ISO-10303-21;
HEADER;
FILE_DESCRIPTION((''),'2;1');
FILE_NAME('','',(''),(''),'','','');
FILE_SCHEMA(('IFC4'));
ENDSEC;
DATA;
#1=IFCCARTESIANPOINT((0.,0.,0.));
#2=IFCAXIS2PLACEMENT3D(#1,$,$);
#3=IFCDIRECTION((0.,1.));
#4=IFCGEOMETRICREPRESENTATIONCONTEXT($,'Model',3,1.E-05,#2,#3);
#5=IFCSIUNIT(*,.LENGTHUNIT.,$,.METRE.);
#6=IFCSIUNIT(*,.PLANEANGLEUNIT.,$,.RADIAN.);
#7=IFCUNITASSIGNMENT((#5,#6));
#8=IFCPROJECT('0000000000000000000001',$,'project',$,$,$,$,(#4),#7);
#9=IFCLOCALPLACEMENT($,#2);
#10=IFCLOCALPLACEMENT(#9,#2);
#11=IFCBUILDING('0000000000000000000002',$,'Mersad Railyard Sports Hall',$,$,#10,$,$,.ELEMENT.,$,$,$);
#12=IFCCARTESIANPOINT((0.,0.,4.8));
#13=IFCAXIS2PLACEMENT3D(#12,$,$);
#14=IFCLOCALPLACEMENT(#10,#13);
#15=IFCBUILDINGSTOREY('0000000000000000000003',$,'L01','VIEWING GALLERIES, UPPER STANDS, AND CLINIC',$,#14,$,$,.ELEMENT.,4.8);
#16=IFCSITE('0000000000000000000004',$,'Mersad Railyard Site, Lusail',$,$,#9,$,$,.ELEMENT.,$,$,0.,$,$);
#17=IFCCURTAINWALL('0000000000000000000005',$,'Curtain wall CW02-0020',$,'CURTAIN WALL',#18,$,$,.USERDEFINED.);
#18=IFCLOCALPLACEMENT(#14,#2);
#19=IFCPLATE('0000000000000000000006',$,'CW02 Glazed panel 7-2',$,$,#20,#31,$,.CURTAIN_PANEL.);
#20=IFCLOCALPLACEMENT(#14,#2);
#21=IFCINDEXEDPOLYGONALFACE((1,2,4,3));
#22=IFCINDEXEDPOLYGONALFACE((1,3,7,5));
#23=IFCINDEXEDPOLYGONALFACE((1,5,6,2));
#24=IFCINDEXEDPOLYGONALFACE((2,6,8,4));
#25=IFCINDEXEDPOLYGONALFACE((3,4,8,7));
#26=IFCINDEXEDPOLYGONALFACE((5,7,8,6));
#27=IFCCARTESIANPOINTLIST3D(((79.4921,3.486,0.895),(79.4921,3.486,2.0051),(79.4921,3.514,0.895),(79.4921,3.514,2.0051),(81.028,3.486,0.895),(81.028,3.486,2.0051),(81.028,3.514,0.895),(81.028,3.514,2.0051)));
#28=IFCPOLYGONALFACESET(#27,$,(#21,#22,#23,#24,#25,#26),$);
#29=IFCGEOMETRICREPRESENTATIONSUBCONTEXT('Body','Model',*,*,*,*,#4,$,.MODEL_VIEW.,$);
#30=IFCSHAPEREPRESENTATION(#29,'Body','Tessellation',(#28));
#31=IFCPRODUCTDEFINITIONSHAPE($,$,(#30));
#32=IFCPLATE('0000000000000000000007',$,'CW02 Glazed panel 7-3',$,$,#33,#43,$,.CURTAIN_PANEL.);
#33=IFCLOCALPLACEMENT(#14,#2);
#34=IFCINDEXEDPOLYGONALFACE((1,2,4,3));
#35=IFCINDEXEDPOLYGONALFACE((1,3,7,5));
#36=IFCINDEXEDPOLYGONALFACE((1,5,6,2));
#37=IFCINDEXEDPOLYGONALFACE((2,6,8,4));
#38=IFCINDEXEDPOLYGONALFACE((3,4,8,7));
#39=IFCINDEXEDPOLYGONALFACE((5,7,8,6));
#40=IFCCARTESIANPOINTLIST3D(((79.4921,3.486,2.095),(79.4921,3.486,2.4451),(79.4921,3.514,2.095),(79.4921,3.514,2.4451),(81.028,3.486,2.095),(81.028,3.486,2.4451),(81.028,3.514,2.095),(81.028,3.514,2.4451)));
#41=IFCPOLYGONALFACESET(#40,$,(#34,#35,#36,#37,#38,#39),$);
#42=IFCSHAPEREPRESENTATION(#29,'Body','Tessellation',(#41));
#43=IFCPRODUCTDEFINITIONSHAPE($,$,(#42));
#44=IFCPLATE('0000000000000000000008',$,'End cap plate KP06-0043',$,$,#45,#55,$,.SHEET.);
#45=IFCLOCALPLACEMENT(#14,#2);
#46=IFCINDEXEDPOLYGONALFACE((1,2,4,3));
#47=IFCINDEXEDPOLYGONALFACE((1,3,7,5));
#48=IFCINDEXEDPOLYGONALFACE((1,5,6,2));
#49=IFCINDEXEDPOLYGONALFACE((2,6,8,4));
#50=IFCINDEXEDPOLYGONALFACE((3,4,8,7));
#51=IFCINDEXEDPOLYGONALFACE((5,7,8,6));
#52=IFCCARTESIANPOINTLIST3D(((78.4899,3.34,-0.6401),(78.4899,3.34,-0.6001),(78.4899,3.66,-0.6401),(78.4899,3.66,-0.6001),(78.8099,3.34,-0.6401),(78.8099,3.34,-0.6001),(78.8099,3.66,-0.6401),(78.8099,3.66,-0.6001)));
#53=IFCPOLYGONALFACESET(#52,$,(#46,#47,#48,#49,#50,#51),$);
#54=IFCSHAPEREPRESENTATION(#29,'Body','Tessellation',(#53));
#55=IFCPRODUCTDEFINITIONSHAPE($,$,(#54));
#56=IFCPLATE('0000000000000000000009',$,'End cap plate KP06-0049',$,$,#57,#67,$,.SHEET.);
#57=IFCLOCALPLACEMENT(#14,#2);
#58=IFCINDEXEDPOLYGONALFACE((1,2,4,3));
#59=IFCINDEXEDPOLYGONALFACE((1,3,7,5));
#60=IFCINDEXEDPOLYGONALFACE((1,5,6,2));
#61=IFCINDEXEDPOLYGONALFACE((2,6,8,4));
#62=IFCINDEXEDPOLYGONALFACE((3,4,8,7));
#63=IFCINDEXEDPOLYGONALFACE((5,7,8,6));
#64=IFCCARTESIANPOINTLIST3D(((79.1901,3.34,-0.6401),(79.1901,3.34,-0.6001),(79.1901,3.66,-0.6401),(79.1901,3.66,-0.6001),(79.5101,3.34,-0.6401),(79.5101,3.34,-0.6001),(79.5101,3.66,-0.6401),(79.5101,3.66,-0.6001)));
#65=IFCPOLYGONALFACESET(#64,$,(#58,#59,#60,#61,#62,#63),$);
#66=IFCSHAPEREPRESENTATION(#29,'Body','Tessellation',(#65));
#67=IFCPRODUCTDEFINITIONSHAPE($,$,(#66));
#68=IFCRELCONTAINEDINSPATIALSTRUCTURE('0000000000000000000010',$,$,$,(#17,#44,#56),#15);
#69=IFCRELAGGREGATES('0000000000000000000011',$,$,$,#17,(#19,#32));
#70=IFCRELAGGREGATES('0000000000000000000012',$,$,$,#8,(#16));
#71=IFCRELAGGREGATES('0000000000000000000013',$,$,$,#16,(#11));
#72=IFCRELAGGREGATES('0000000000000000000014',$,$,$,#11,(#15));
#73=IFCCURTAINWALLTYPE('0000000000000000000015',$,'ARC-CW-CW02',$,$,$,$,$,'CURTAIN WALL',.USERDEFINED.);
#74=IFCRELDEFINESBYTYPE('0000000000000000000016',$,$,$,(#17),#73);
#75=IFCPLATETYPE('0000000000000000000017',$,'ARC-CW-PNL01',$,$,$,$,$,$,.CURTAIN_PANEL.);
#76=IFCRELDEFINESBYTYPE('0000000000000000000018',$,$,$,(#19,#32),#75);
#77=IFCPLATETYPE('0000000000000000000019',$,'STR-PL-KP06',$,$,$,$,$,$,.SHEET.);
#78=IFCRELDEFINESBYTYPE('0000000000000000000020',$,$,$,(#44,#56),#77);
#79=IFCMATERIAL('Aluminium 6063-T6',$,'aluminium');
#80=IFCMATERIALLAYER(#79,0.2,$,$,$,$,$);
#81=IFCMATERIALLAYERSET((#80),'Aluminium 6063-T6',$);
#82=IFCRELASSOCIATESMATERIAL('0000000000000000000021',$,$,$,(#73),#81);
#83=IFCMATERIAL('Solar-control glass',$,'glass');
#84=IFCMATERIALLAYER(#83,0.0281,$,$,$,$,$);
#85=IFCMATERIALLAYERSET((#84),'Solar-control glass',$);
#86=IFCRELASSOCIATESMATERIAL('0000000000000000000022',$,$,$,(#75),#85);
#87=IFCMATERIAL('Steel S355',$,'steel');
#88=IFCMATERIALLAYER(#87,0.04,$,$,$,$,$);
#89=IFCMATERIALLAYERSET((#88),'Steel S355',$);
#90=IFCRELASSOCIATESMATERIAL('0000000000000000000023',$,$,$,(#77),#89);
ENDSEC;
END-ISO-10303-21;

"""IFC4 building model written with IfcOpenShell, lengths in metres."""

from ifc_helpers import new_model, si_unit, direction, frame, origin, origin_2d, place, context, subcontext, project, spatial, rectangle, extrude, material, layer, layer_set, type_object, element, aggregate, save


model = new_model("IFC4")

# Units and contexts
model_context = context("Model", 3, precision=1e-05, world=origin(), true_north=direction((0.0, 1.0)))
body_context = subcontext(model_context, "Body", "Model", "MODEL_VIEW")
ifc_project = project(units=[si_unit("LENGTHUNIT", "METRE"), si_unit("PLANEANGLEUNIT", "RADIAN")], contexts=[model_context])

# Site, building, storey
site_placement = place(None, origin())
site = spatial("IfcSite", under=ifc_project, at=site_placement, Name="Mersad Railyard Site, Lusail", CompositionType="ELEMENT", RefElevation=0.0)
building_placement = place(site_placement, origin())
building = spatial("IfcBuilding", under=site, at=building_placement, Name="Mersad Railyard Sports Hall", CompositionType="ELEMENT")
storey_placement = place(building_placement, frame((0.0, 0.0, 4.8)))
storey = spatial("IfcBuildingStorey", under=building, at=storey_placement, Name="L01", Description="VIEWING GALLERIES, UPPER STANDS, AND CLINIC", CompositionType="ELEMENT", Elevation=4.8)

# Curtain wall
ifc_material_1 = material(Name="Aluminium 6063-T6", Category="aluminium")
ifc_layer_1 = layer(ifc_material_1, 0.2)
ifc_layer_set_1 = layer_set([ifc_layer_1], Name="Aluminium 6063-T6")
curtain_wall_type = type_object("IfcCurtainWallType", Name="ARC-CW-CW02", ElementType="CURTAIN WALL", PredefinedType="USERDEFINED", material=ifc_layer_set_1)
curtain_wall_1_placement = place(storey_placement, origin())
curtain_wall_1 = element("IfcCurtainWall", 1, at=curtain_wall_1_placement, inside=storey, type_object=curtain_wall_type, Name="Curtain wall CW02-0020", ObjectType="CURTAIN WALL", PredefinedType="USERDEFINED")

# Shared definitions
ifc_material_2 = material(Name="Steel S355", Category="steel")

# Plates
ifc_material_3 = material(Name="Solar-control glass", Category="glass")
ifc_layer_2 = layer(ifc_material_3, 0.0281)
ifc_layer_set_2 = layer_set([ifc_layer_2], Name="Solar-control glass")
plate_type_1 = type_object("IfcPlateType", Name="ARC-CW-PNL01", PredefinedType="CURTAIN_PANEL", material=ifc_layer_set_2)
plate_1_placement = place(storey_placement, frame((80.26, 3.5, 0.895), z_axis=(0.0, 0.0, 1.0), x_axis=(-1.0, 0.0, 0.0)))
plate_1 = element("IfcPlate", 2, at=plate_1_placement, type_object=plate_type_1, Name="CW02 Glazed panel 7-2", PredefinedType="CURTAIN_PANEL", context=body_context, shape_type="SweptSolid", body=[
    extrude(rectangle(XDim=1.5359, YDim=0.0281, at=origin_2d()), origin(), (0.0, 0.0, 1.0), 1.1101),
])
plate_2_placement = place(storey_placement, frame((80.26, 3.5, 2.095), z_axis=(0.0, 0.0, 1.0), x_axis=(-1.0, 0.0, 0.0)))
plate_2 = element("IfcPlate", 3, at=plate_2_placement, type_object=plate_type_1, Name="CW02 Glazed panel 7-3", PredefinedType="CURTAIN_PANEL", context=body_context, shape_type="SweptSolid", body=[
    extrude(rectangle(XDim=1.5359, YDim=0.0281, at=origin_2d()), origin(), (0.0, 0.0, 1.0), 0.3501),
])
aggregate(curtain_wall_1, [plate_1, plate_2])

# Plates
ifc_layer_3 = layer(ifc_material_2, 0.04)
ifc_layer_set_3 = layer_set([ifc_layer_3], Name="Steel S355")
plate_type_2 = type_object("IfcPlateType", Name="STR-PL-KP06", PredefinedType="SHEET", material=ifc_layer_set_3)
for number, where, z_axis, x_axis, name in (
    (4, (78.6499, 3.5, -0.6401), (0.0, 0.0, 1.0), (1.0, 0.0, 0.0), "End cap plate KP06-0043"),
    (5, (79.3501, 3.5, -0.6401), (0.0, 0.0, 1.0), (1.0, 0.0, 0.0), "End cap plate KP06-0049"),
):
    element("IfcPlate", number, at=place(storey_placement, frame(where, z_axis=z_axis, x_axis=x_axis)), inside=storey, type_object=plate_type_2, Name=name, PredefinedType="SHEET", context=body_context, shape_type="SweptSolid", body=[
        extrude(rectangle(XDim=0.3201, YDim=0.3201, at=origin_2d()), origin(), (0.0, 0.0, 1.0), 0.04),
    ])

save(model, "model.ifc")
